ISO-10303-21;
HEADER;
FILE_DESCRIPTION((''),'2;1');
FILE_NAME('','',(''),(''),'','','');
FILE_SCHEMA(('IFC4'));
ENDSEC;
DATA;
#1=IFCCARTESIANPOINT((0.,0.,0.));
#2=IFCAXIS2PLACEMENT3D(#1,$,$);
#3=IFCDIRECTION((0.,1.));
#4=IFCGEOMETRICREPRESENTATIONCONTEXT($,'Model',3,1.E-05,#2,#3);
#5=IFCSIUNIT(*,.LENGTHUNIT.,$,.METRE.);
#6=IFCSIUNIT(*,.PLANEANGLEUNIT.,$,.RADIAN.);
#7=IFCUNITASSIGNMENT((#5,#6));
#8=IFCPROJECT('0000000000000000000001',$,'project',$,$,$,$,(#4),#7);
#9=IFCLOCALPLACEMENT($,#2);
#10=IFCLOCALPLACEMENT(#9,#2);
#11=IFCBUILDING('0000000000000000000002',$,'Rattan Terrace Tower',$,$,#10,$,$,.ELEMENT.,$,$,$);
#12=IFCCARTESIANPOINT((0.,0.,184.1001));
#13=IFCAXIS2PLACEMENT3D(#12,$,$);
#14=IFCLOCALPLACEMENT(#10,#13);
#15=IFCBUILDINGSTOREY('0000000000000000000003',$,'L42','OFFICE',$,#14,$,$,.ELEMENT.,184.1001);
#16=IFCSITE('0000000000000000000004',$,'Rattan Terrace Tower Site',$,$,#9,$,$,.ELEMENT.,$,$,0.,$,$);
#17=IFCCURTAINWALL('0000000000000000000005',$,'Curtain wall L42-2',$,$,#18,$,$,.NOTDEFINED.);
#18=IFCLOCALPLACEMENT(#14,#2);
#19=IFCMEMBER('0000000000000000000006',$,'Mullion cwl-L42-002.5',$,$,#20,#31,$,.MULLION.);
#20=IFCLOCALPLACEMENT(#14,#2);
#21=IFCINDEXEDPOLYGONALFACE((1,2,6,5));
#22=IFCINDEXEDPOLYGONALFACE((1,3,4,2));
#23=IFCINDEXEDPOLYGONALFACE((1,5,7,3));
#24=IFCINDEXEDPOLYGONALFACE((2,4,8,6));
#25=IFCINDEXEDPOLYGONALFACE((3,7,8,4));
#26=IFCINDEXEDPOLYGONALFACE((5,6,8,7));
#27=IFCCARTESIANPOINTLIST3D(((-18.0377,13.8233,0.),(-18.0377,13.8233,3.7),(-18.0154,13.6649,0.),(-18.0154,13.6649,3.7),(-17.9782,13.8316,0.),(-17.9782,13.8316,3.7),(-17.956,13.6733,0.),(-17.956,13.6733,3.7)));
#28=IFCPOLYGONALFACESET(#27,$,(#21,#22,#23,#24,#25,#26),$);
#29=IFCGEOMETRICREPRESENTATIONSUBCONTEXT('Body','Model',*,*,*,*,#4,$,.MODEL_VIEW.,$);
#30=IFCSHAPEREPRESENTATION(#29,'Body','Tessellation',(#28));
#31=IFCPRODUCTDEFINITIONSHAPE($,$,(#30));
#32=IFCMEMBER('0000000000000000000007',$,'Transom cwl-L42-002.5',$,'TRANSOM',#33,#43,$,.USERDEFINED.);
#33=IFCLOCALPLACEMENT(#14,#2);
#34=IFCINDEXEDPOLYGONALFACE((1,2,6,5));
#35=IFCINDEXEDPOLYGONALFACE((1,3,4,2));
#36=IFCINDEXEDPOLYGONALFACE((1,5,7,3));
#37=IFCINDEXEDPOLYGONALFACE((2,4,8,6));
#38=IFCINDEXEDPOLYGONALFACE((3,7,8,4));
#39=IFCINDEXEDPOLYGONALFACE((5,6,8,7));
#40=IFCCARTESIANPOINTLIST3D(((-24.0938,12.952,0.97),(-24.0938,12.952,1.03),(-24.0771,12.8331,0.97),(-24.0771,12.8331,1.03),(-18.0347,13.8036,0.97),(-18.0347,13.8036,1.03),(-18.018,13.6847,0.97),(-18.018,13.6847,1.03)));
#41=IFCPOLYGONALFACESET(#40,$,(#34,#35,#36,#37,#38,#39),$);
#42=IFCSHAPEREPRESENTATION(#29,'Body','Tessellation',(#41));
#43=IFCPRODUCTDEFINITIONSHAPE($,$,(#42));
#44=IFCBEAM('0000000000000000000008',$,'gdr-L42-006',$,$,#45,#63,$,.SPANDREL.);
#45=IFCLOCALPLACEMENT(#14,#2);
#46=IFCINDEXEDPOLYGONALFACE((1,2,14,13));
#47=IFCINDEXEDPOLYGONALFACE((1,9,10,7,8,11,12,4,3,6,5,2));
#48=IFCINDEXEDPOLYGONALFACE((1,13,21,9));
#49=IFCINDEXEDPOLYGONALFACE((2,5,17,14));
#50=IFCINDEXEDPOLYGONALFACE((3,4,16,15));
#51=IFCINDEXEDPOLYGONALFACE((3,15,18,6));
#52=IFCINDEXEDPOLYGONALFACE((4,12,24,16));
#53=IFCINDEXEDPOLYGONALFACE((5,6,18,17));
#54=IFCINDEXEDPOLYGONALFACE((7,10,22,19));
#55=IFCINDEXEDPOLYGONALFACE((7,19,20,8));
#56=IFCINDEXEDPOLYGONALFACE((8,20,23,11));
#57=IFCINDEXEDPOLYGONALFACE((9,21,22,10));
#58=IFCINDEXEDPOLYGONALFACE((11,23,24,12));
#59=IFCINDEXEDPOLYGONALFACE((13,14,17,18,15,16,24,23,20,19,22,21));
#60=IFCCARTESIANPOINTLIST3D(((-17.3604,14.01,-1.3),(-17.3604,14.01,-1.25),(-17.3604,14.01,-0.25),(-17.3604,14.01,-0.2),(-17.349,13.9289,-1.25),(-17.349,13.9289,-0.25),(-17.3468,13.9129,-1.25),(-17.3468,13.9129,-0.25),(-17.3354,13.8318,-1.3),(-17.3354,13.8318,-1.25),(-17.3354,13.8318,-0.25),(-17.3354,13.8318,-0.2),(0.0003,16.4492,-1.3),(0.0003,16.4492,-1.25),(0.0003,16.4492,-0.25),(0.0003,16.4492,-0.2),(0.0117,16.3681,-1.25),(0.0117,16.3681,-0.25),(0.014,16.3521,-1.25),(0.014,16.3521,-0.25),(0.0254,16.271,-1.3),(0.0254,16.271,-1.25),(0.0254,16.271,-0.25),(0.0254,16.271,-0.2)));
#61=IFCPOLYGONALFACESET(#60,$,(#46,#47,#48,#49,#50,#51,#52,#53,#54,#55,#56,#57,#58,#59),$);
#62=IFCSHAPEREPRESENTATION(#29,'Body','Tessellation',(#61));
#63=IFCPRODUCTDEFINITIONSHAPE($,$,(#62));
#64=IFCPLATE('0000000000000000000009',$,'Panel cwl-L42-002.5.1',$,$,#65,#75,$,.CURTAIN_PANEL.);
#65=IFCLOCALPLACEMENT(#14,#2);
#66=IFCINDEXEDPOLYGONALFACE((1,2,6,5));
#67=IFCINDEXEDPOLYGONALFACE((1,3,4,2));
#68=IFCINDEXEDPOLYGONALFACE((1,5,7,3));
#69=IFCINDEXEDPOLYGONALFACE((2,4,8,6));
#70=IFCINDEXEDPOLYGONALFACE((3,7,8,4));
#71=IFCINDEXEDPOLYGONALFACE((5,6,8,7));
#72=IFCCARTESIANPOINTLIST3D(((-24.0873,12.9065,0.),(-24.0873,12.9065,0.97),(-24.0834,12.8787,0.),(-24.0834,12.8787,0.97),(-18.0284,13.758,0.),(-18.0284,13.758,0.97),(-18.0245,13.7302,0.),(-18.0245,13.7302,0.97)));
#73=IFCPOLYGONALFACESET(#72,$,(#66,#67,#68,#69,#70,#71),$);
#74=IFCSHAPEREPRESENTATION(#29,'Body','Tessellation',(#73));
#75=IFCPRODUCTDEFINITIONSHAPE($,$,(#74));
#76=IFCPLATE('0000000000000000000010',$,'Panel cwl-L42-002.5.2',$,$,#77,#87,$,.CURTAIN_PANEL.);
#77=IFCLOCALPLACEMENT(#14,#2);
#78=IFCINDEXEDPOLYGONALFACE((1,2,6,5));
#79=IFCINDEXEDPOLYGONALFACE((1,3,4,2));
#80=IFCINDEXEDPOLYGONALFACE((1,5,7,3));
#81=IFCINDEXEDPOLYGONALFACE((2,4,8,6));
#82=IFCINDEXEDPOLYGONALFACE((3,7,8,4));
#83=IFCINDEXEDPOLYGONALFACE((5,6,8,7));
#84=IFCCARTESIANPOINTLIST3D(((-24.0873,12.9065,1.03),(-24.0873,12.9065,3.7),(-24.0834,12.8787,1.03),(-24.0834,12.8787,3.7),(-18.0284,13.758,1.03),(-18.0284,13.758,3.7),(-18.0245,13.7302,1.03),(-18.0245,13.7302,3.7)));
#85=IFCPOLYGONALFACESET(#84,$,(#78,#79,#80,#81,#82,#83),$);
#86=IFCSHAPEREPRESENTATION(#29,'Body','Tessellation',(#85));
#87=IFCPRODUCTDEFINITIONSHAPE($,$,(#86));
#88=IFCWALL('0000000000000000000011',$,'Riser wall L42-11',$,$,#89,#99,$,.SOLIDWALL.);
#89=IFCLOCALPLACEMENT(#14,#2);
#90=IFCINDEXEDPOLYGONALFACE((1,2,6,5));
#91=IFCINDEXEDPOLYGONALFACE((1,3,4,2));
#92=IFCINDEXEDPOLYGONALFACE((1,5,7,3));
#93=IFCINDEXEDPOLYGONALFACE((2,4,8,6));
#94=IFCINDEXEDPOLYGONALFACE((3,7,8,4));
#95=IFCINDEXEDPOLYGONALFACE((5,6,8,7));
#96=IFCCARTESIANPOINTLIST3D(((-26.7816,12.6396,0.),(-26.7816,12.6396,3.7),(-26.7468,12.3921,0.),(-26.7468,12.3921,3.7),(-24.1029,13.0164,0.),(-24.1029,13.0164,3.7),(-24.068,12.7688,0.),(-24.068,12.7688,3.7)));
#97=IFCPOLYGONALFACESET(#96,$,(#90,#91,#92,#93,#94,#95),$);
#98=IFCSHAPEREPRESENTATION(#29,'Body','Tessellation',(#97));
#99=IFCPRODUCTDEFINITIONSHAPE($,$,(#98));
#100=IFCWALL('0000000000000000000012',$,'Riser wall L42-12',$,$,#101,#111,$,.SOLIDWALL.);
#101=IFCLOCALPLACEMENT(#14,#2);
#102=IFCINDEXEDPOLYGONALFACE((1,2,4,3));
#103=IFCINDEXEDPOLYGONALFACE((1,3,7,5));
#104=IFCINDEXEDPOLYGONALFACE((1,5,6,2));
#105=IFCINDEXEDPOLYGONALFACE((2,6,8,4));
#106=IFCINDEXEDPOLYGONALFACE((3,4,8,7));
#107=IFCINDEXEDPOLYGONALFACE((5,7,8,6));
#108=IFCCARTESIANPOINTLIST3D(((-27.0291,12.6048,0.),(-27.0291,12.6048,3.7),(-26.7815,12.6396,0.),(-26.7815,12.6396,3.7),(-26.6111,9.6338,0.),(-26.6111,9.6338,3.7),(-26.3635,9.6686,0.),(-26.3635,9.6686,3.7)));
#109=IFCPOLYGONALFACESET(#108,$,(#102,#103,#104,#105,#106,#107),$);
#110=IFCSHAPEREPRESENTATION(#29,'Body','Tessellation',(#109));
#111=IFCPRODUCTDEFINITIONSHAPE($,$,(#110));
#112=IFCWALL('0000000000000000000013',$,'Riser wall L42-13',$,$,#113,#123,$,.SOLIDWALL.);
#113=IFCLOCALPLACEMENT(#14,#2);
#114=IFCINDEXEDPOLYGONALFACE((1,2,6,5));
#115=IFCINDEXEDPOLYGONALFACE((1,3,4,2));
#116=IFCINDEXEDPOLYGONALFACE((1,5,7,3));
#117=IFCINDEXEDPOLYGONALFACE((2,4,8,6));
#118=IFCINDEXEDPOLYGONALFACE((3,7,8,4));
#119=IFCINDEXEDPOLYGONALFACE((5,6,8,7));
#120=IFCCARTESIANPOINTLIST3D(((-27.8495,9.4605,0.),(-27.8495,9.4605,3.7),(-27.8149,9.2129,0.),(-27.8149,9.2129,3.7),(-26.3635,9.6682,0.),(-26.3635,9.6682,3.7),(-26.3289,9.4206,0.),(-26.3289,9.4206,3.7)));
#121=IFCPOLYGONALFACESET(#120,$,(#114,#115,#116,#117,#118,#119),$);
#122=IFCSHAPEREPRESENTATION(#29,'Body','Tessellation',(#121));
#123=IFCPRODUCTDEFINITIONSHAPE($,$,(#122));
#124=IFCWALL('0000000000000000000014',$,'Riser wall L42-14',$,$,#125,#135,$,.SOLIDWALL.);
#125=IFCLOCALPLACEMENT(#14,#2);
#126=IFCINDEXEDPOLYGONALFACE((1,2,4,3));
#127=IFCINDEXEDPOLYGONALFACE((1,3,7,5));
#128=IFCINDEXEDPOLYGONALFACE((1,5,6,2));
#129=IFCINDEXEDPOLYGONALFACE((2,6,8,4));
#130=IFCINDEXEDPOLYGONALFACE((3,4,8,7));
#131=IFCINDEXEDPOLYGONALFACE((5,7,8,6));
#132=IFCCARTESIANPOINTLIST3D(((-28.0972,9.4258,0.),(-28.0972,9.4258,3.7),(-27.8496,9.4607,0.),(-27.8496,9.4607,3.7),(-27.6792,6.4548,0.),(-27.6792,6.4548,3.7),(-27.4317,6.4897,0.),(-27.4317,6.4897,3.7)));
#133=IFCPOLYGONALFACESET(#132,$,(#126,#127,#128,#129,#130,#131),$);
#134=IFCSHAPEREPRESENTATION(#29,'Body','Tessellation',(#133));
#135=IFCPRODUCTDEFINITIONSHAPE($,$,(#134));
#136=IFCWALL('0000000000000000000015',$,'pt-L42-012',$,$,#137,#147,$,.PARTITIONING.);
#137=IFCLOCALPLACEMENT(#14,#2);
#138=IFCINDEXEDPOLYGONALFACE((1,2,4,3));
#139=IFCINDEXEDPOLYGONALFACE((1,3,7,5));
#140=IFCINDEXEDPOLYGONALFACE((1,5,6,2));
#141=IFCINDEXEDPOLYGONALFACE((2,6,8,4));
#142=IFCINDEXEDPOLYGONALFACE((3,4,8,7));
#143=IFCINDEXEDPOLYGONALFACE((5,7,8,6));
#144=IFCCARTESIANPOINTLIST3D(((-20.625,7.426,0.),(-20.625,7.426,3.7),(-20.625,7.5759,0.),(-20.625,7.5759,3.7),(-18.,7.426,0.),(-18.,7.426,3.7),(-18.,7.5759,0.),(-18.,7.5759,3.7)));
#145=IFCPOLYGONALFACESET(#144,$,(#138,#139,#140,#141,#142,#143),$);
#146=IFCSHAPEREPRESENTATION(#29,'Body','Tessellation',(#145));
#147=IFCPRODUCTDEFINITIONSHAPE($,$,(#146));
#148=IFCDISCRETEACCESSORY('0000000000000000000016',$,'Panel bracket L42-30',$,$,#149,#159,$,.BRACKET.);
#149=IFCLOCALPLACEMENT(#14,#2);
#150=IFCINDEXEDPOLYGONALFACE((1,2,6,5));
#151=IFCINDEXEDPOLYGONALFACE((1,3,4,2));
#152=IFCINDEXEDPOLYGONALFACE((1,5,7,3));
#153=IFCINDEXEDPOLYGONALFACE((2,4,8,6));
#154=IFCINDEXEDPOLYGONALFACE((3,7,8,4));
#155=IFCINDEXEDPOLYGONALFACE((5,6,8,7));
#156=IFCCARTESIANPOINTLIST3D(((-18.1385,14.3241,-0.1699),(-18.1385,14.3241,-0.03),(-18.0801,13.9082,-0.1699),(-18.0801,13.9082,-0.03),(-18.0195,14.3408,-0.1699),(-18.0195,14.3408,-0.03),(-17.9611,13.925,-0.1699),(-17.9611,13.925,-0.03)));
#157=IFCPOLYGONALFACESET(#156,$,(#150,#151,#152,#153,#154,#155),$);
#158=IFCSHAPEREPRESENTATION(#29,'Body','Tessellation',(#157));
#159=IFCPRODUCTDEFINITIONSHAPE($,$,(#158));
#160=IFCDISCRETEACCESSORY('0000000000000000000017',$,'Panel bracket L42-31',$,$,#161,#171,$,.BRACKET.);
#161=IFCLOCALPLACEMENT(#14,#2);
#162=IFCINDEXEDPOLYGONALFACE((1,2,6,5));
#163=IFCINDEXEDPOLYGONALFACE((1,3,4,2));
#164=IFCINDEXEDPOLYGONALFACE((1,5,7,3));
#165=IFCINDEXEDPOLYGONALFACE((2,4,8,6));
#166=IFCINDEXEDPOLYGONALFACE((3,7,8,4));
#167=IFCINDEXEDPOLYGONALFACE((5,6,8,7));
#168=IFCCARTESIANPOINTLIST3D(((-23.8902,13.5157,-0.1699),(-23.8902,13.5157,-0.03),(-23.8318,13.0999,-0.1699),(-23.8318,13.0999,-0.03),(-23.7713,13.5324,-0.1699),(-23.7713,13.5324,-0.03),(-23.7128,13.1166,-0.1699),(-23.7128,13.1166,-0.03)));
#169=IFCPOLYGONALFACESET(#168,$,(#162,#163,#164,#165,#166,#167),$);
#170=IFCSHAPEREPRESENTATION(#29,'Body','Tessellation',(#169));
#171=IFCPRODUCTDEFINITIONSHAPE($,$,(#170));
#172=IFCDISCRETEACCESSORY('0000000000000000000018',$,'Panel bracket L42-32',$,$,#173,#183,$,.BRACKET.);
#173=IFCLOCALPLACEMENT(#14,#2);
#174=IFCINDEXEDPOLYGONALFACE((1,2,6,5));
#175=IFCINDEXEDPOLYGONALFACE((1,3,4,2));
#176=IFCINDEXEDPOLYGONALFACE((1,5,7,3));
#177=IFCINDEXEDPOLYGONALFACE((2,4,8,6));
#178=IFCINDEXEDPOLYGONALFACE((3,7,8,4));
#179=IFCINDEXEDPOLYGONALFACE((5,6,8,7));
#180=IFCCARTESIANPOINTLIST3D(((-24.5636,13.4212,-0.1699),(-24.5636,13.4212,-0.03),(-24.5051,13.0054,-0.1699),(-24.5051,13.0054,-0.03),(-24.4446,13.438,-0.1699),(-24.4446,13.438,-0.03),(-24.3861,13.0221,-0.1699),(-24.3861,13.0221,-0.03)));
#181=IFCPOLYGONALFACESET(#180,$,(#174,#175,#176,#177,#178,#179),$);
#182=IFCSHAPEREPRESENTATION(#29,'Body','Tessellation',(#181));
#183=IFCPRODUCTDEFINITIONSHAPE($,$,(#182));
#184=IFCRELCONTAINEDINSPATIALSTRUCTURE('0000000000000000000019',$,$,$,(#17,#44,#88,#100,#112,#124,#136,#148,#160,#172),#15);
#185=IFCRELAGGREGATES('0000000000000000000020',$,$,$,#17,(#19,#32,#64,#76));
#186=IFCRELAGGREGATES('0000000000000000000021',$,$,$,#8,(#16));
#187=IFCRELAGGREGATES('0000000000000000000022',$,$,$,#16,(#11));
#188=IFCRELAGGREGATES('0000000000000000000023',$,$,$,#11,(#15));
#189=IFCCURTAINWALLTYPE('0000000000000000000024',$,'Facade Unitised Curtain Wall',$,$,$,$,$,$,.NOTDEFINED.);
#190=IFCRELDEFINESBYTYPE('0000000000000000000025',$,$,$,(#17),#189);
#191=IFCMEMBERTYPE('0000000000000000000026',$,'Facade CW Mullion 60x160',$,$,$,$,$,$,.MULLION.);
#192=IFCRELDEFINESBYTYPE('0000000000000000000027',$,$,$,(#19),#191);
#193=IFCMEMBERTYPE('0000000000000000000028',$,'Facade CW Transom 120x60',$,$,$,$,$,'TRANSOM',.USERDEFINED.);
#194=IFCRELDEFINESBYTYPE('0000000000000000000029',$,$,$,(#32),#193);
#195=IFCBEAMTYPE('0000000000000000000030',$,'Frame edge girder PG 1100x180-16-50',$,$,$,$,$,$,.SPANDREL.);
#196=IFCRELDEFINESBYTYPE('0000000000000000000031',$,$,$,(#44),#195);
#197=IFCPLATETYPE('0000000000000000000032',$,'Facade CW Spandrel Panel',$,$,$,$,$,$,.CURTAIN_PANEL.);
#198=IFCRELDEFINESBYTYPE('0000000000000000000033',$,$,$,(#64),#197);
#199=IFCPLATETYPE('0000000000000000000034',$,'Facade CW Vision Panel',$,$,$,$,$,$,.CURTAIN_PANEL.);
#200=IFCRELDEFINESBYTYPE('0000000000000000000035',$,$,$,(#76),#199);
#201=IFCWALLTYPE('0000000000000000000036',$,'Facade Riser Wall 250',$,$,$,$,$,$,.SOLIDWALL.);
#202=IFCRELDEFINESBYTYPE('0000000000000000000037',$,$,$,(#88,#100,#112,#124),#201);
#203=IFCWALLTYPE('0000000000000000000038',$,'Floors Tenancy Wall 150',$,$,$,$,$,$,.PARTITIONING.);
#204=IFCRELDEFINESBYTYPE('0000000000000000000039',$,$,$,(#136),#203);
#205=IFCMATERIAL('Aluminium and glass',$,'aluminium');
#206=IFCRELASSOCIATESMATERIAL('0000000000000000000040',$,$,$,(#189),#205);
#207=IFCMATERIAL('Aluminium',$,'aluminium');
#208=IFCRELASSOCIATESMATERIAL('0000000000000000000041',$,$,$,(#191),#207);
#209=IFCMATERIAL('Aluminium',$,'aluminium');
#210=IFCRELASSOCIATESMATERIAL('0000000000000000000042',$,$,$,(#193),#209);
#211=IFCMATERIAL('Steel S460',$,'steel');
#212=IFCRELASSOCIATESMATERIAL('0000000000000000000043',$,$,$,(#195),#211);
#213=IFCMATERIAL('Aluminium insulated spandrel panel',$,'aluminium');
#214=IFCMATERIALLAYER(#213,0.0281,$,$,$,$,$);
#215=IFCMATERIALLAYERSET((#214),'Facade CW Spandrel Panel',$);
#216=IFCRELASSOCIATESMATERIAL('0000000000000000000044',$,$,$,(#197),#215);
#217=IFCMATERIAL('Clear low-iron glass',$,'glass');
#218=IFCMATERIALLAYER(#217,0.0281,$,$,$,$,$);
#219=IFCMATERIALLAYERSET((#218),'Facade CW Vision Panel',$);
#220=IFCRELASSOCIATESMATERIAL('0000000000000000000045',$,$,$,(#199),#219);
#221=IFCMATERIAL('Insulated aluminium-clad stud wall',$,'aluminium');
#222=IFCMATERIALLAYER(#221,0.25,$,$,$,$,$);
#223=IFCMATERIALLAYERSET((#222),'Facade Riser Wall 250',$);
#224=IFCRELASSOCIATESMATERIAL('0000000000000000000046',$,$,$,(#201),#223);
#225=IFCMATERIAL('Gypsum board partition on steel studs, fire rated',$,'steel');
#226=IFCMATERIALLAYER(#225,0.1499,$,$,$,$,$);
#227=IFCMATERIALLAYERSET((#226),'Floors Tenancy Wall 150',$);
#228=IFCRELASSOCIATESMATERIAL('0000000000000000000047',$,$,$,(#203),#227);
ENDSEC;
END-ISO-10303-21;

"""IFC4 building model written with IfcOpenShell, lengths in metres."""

from ifc_helpers import new_model, si_unit, direction, frame, frame_2d, origin, origin_2d, place, context, subcontext, project, spatial, rectangle, i_section, extrude, material, layer, layer_set, material_profile, profile_set, type_object, element, aggregate, save


model = new_model("IFC4")

# Units and contexts
model_context = context("Model", 3, precision=1e-05, world=origin(), true_north=direction((0.0, 1.0)))
body_context = subcontext(model_context, "Body", "Model", "MODEL_VIEW")
ifc_project = project(units=[si_unit("LENGTHUNIT", "METRE"), si_unit("PLANEANGLEUNIT", "RADIAN")], contexts=[model_context])

# Site, building, storey
site_placement = place(None, origin())
site = spatial("IfcSite", under=ifc_project, at=site_placement, Name="Rattan Terrace Tower Site", CompositionType="ELEMENT", RefElevation=0.0)
building_placement = place(site_placement, origin())
building = spatial("IfcBuilding", under=site, at=building_placement, Name="Rattan Terrace Tower", CompositionType="ELEMENT")
storey_placement = place(building_placement, frame((0.0, 0.0, 184.1001)))
storey = spatial("IfcBuildingStorey", under=building, at=storey_placement, Name="L42", Description="OFFICE", CompositionType="ELEMENT", Elevation=184.1001)

# Curtain wall, members
ifc_material_1 = material(Name="Aluminium and glass", Category="aluminium")
curtain_wall_type = type_object("IfcCurtainWallType", Name="Facade Unitised Curtain Wall", PredefinedType="NOTDEFINED", material=ifc_material_1)
curtain_wall_placement = place(storey_placement, origin())
curtain_wall = element("IfcCurtainWall", 1, at=curtain_wall_placement, inside=storey, type_object=curtain_wall_type, Name="Curtain wall L42-2", PredefinedType="NOTDEFINED")
ifc_material_2 = material(Name="Aluminium", Category="aluminium")
ifc_material_profile_1 = material_profile(ifc_material_2, rectangle(XDim=0.0601, YDim=0.1599, at=origin_2d()), Name="Aluminium 60x160")
ifc_profile_set_1 = profile_set([ifc_material_profile_1], Name="Aluminium")
member_type_1 = type_object("IfcMemberType", Name="Facade CW Mullion 60x160", PredefinedType="MULLION", material=ifc_profile_set_1)
member_1_placement = place(storey_placement, frame((-17.9968, 13.7483, 0.0), z_axis=(0.0, 0.0, 1.0), x_axis=(-0.99027, -0.139161, 0.0)))
member_1 = element("IfcMember", 2, at=member_1_placement, type_object=member_type_1, Name="Mullion cwl-L42-002.5", PredefinedType="MULLION", context=body_context, shape_type="SweptSolid", body=[
    extrude(rectangle(XDim=0.0601, YDim=0.1599, at=origin_2d()), origin(), (0.0, 0.0, 1.0), 3.7),
])
ifc_material_3 = material(Name="Aluminium", Category="aluminium")
ifc_material_profile_2 = material_profile(ifc_material_3, rectangle(XDim=0.1201, YDim=0.0601, at=origin_2d()), Name="Aluminium 120x60")
ifc_profile_set_2 = profile_set([ifc_material_profile_2], Name="Aluminium")
member_type_2 = type_object("IfcMemberType", Name="Facade CW Transom 120x60", ElementType="TRANSOM", PredefinedType="USERDEFINED", material=ifc_profile_set_2)
member_2_placement = place(storey_placement, frame((-18.0264, 13.7441, 1.0), z_axis=(-0.990268, -0.139175, 0.0), x_axis=(0.139175, -0.990268, 0.0)))
member_2 = element("IfcMember", 3, at=member_2_placement, type_object=member_type_2, Name="Transom cwl-L42-002.5", ObjectType="TRANSOM", PredefinedType="USERDEFINED", context=body_context, shape_type="SweptSolid", body=[
    extrude(rectangle(XDim=0.1201, YDim=0.0601, at=origin_2d()), origin(), (0.0, 0.0, 1.0), 6.1187),
])

# Beam
ifc_material_4 = material(Name="Steel S460", Category="steel")
ifc_material_profile_3 = material_profile(ifc_material_4, i_section(OverallWidth=0.1799, OverallDepth=1.1001, WebThickness=0.0161, FlangeThickness=0.05, at=origin_2d()), Name="PG 1100x180-16-50")
ifc_profile_set_3 = profile_set([ifc_material_profile_3], Name="Steel S460")
beam_type = type_object("IfcBeamType", Name="Frame edge girder PG 1100x180-16-50", PredefinedType="SPANDREL", material=ifc_profile_set_3)
beam_placement = place(storey_placement, frame((-17.3479, 13.9209, -0.75), z_axis=(0.990274, 0.139134, 0.0), x_axis=(-0.139134, 0.990274, 0.0)))
element("IfcBeam", 4, at=beam_placement, inside=storey, type_object=beam_type, Name="gdr-L42-006", PredefinedType="SPANDREL", context=body_context, shape_type="SweptSolid", body=[
    extrude(i_section(OverallWidth=0.1799, OverallDepth=1.1001, WebThickness=0.0161, FlangeThickness=0.05, at=origin_2d()), origin(), (0.0, 0.0, 1.0), 17.5312),
])

# Plates
ifc_material_5 = material(Name="Aluminium insulated spandrel panel", Category="aluminium")
ifc_layer_1 = layer(ifc_material_5, 0.0281)
ifc_layer_set_1 = layer_set([ifc_layer_1], Name="Facade CW Spandrel Panel")
plate_type_1 = type_object("IfcPlateType", Name="Facade CW Spandrel Panel", PredefinedType="CURTAIN_PANEL", material=ifc_layer_set_1)
plate_1_placement = place(storey_placement, frame((-21.0559, 13.3184, 0.0), z_axis=(0.0, 0.0, 1.0), x_axis=(-0.99027, -0.139161, 0.0)))
plate_1 = element("IfcPlate", 5, at=plate_1_placement, type_object=plate_type_1, Name="Panel cwl-L42-002.5.1", PredefinedType="CURTAIN_PANEL", context=body_context, shape_type="SweptSolid", body=[
    extrude(rectangle(XDim=6.1184, YDim=0.0281, at=origin_2d()), origin(), (0.0, 0.0, 1.0), 0.97),
])
ifc_material_6 = material(Name="Clear low-iron glass", Category="glass")
ifc_layer_2 = layer(ifc_material_6, 0.0281)
ifc_layer_set_2 = layer_set([ifc_layer_2], Name="Facade CW Vision Panel")
plate_type_2 = type_object("IfcPlateType", Name="Facade CW Vision Panel", PredefinedType="CURTAIN_PANEL", material=ifc_layer_set_2)
plate_2_placement = place(storey_placement, frame((-21.0559, 13.3184, 1.03), z_axis=(0.0, 0.0, 1.0), x_axis=(-0.99027, -0.139161, 0.0)))
plate_2 = element("IfcPlate", 6, at=plate_2_placement, type_object=plate_type_2, Name="Panel cwl-L42-002.5.2", PredefinedType="CURTAIN_PANEL", context=body_context, shape_type="SweptSolid", body=[
    extrude(rectangle(XDim=6.1184, YDim=0.0281, at=origin_2d()), origin(), (0.0, 0.0, 1.0), 2.6699),
])
aggregate(curtain_wall, [member_1, member_2, plate_1, plate_2])

# Walls
ifc_material_7 = material(Name="Insulated aluminium-clad stud wall", Category="aluminium")
ifc_layer_3 = layer(ifc_material_7, 0.25)
ifc_layer_set_3 = layer_set([ifc_layer_3], Name="Facade Riser Wall 250")
wall_type_1 = type_object("IfcWallType", Name="Facade Riser Wall 250", PredefinedType="SOLIDWALL", material=ifc_layer_set_3)
wall_1_placement = place(storey_placement, frame((-24.0854, 12.8926, 0.0), z_axis=(0.0, 0.0, 1.0), x_axis=(-0.990256, -0.13926, 0.0)))
element("IfcWall", 7, at=wall_1_placement, inside=storey, type_object=wall_type_1, Name="Riser wall L42-11", PredefinedType="SOLIDWALL", context=body_context, shape_type="SweptSolid", body=[
    extrude(rectangle(XDim=2.7051, YDim=0.25, at=frame_2d((1.3525, 0.0))), origin(), (0.0, 0.0, 1.0), 3.7),
])
wall_2_placement = place(storey_placement, frame((-26.9053, 12.6221, 0.0), z_axis=(0.0, 0.0, 1.0), x_axis=(0.139313, -0.990248, 0.0)))
element("IfcWall", 8, at=wall_2_placement, inside=storey, type_object=wall_type_1, Name="Riser wall L42-12", PredefinedType="SOLIDWALL", context=body_context, shape_type="SweptSolid", body=[
    extrude(rectangle(XDim=3.0002, YDim=0.25, at=frame_2d((1.5, 0.0))), origin(), (0.0, 0.0, 1.0), 3.7),
])
wall_3_placement = place(storey_placement, frame((-26.3462, 9.5444, 0.0), z_axis=(0.0, 0.0, 1.0), x_axis=(-0.990368, -0.13846, 0.0)))
element("IfcWall", 9, at=wall_3_placement, inside=storey, type_object=wall_type_1, Name="Riser wall L42-13", PredefinedType="SOLIDWALL", context=body_context, shape_type="SweptSolid", body=[
    extrude(rectangle(XDim=1.5005, YDim=0.25, at=frame_2d((0.7502, 0.0))), origin(), (0.0, 0.0, 1.0), 3.7),
])
wall_4_placement = place(storey_placement, frame((-27.9734, 9.4431, 0.0), z_axis=(0.0, 0.0, 1.0), x_axis=(0.139313, -0.990248, 0.0)))
element("IfcWall", 10, at=wall_4_placement, inside=storey, type_object=wall_type_1, Name="Riser wall L42-14", PredefinedType="SOLIDWALL", context=body_context, shape_type="SweptSolid", body=[
    extrude(rectangle(XDim=3.0002, YDim=0.25, at=frame_2d((1.5, 0.0))), origin(), (0.0, 0.0, 1.0), 3.7),
])
ifc_material_8 = material(Name="Gypsum board partition on steel studs, fire rated", Category="steel")
ifc_layer_4 = layer(ifc_material_8, 0.1499)
ifc_layer_set_4 = layer_set([ifc_layer_4], Name="Floors Tenancy Wall 150")
wall_type_2 = type_object("IfcWallType", Name="Floors Tenancy Wall 150", PredefinedType="PARTITIONING", material=ifc_layer_set_4)
wall_5_placement = place(storey_placement, frame((-20.625, 7.501, 0.0), z_axis=(0.0, 0.0, 1.0), x_axis=(1.0, 0.0, 0.0)))
element("IfcWall", 11, at=wall_5_placement, inside=storey, type_object=wall_type_2, Name="pt-L42-012", PredefinedType="PARTITIONING", context=body_context, shape_type="SweptSolid", body=[
    extrude(rectangle(XDim=2.625, YDim=0.1499, at=frame_2d((1.3125, 0.0))), origin(), (0.0, 0.0, 1.0), 3.7),
])

# Discrete accessories
for number, where, z_axis, x_axis, name in (
    (12, (-18.0498, 14.1245, -0.1699), (0.0, 0.0, 1.0), (-0.99027, -0.139161, 0.0), "Panel bracket L42-30"),
    (13, (-23.8015, 13.3162, -0.1699), (0.0, 0.0, 1.0), (-0.99027, -0.139161, 0.0), "Panel bracket L42-31"),
    (14, (-24.4749, 13.2217, -0.1699), (0.0, 0.0, 1.0), (-0.990247, -0.139321, 0.0), "Panel bracket L42-32"),
):
    element("IfcDiscreteAccessory", number, at=place(storey_placement, frame(where, z_axis=z_axis, x_axis=x_axis)), inside=storey, Name=name, PredefinedType="BRACKET", context=body_context, shape_type="SweptSolid", body=[
        extrude(rectangle(XDim=0.1201, YDim=0.4199, at=origin_2d()), origin(), (0.0, 0.0, 1.0), 0.1399),
    ])

save(model, "model.ifc")
